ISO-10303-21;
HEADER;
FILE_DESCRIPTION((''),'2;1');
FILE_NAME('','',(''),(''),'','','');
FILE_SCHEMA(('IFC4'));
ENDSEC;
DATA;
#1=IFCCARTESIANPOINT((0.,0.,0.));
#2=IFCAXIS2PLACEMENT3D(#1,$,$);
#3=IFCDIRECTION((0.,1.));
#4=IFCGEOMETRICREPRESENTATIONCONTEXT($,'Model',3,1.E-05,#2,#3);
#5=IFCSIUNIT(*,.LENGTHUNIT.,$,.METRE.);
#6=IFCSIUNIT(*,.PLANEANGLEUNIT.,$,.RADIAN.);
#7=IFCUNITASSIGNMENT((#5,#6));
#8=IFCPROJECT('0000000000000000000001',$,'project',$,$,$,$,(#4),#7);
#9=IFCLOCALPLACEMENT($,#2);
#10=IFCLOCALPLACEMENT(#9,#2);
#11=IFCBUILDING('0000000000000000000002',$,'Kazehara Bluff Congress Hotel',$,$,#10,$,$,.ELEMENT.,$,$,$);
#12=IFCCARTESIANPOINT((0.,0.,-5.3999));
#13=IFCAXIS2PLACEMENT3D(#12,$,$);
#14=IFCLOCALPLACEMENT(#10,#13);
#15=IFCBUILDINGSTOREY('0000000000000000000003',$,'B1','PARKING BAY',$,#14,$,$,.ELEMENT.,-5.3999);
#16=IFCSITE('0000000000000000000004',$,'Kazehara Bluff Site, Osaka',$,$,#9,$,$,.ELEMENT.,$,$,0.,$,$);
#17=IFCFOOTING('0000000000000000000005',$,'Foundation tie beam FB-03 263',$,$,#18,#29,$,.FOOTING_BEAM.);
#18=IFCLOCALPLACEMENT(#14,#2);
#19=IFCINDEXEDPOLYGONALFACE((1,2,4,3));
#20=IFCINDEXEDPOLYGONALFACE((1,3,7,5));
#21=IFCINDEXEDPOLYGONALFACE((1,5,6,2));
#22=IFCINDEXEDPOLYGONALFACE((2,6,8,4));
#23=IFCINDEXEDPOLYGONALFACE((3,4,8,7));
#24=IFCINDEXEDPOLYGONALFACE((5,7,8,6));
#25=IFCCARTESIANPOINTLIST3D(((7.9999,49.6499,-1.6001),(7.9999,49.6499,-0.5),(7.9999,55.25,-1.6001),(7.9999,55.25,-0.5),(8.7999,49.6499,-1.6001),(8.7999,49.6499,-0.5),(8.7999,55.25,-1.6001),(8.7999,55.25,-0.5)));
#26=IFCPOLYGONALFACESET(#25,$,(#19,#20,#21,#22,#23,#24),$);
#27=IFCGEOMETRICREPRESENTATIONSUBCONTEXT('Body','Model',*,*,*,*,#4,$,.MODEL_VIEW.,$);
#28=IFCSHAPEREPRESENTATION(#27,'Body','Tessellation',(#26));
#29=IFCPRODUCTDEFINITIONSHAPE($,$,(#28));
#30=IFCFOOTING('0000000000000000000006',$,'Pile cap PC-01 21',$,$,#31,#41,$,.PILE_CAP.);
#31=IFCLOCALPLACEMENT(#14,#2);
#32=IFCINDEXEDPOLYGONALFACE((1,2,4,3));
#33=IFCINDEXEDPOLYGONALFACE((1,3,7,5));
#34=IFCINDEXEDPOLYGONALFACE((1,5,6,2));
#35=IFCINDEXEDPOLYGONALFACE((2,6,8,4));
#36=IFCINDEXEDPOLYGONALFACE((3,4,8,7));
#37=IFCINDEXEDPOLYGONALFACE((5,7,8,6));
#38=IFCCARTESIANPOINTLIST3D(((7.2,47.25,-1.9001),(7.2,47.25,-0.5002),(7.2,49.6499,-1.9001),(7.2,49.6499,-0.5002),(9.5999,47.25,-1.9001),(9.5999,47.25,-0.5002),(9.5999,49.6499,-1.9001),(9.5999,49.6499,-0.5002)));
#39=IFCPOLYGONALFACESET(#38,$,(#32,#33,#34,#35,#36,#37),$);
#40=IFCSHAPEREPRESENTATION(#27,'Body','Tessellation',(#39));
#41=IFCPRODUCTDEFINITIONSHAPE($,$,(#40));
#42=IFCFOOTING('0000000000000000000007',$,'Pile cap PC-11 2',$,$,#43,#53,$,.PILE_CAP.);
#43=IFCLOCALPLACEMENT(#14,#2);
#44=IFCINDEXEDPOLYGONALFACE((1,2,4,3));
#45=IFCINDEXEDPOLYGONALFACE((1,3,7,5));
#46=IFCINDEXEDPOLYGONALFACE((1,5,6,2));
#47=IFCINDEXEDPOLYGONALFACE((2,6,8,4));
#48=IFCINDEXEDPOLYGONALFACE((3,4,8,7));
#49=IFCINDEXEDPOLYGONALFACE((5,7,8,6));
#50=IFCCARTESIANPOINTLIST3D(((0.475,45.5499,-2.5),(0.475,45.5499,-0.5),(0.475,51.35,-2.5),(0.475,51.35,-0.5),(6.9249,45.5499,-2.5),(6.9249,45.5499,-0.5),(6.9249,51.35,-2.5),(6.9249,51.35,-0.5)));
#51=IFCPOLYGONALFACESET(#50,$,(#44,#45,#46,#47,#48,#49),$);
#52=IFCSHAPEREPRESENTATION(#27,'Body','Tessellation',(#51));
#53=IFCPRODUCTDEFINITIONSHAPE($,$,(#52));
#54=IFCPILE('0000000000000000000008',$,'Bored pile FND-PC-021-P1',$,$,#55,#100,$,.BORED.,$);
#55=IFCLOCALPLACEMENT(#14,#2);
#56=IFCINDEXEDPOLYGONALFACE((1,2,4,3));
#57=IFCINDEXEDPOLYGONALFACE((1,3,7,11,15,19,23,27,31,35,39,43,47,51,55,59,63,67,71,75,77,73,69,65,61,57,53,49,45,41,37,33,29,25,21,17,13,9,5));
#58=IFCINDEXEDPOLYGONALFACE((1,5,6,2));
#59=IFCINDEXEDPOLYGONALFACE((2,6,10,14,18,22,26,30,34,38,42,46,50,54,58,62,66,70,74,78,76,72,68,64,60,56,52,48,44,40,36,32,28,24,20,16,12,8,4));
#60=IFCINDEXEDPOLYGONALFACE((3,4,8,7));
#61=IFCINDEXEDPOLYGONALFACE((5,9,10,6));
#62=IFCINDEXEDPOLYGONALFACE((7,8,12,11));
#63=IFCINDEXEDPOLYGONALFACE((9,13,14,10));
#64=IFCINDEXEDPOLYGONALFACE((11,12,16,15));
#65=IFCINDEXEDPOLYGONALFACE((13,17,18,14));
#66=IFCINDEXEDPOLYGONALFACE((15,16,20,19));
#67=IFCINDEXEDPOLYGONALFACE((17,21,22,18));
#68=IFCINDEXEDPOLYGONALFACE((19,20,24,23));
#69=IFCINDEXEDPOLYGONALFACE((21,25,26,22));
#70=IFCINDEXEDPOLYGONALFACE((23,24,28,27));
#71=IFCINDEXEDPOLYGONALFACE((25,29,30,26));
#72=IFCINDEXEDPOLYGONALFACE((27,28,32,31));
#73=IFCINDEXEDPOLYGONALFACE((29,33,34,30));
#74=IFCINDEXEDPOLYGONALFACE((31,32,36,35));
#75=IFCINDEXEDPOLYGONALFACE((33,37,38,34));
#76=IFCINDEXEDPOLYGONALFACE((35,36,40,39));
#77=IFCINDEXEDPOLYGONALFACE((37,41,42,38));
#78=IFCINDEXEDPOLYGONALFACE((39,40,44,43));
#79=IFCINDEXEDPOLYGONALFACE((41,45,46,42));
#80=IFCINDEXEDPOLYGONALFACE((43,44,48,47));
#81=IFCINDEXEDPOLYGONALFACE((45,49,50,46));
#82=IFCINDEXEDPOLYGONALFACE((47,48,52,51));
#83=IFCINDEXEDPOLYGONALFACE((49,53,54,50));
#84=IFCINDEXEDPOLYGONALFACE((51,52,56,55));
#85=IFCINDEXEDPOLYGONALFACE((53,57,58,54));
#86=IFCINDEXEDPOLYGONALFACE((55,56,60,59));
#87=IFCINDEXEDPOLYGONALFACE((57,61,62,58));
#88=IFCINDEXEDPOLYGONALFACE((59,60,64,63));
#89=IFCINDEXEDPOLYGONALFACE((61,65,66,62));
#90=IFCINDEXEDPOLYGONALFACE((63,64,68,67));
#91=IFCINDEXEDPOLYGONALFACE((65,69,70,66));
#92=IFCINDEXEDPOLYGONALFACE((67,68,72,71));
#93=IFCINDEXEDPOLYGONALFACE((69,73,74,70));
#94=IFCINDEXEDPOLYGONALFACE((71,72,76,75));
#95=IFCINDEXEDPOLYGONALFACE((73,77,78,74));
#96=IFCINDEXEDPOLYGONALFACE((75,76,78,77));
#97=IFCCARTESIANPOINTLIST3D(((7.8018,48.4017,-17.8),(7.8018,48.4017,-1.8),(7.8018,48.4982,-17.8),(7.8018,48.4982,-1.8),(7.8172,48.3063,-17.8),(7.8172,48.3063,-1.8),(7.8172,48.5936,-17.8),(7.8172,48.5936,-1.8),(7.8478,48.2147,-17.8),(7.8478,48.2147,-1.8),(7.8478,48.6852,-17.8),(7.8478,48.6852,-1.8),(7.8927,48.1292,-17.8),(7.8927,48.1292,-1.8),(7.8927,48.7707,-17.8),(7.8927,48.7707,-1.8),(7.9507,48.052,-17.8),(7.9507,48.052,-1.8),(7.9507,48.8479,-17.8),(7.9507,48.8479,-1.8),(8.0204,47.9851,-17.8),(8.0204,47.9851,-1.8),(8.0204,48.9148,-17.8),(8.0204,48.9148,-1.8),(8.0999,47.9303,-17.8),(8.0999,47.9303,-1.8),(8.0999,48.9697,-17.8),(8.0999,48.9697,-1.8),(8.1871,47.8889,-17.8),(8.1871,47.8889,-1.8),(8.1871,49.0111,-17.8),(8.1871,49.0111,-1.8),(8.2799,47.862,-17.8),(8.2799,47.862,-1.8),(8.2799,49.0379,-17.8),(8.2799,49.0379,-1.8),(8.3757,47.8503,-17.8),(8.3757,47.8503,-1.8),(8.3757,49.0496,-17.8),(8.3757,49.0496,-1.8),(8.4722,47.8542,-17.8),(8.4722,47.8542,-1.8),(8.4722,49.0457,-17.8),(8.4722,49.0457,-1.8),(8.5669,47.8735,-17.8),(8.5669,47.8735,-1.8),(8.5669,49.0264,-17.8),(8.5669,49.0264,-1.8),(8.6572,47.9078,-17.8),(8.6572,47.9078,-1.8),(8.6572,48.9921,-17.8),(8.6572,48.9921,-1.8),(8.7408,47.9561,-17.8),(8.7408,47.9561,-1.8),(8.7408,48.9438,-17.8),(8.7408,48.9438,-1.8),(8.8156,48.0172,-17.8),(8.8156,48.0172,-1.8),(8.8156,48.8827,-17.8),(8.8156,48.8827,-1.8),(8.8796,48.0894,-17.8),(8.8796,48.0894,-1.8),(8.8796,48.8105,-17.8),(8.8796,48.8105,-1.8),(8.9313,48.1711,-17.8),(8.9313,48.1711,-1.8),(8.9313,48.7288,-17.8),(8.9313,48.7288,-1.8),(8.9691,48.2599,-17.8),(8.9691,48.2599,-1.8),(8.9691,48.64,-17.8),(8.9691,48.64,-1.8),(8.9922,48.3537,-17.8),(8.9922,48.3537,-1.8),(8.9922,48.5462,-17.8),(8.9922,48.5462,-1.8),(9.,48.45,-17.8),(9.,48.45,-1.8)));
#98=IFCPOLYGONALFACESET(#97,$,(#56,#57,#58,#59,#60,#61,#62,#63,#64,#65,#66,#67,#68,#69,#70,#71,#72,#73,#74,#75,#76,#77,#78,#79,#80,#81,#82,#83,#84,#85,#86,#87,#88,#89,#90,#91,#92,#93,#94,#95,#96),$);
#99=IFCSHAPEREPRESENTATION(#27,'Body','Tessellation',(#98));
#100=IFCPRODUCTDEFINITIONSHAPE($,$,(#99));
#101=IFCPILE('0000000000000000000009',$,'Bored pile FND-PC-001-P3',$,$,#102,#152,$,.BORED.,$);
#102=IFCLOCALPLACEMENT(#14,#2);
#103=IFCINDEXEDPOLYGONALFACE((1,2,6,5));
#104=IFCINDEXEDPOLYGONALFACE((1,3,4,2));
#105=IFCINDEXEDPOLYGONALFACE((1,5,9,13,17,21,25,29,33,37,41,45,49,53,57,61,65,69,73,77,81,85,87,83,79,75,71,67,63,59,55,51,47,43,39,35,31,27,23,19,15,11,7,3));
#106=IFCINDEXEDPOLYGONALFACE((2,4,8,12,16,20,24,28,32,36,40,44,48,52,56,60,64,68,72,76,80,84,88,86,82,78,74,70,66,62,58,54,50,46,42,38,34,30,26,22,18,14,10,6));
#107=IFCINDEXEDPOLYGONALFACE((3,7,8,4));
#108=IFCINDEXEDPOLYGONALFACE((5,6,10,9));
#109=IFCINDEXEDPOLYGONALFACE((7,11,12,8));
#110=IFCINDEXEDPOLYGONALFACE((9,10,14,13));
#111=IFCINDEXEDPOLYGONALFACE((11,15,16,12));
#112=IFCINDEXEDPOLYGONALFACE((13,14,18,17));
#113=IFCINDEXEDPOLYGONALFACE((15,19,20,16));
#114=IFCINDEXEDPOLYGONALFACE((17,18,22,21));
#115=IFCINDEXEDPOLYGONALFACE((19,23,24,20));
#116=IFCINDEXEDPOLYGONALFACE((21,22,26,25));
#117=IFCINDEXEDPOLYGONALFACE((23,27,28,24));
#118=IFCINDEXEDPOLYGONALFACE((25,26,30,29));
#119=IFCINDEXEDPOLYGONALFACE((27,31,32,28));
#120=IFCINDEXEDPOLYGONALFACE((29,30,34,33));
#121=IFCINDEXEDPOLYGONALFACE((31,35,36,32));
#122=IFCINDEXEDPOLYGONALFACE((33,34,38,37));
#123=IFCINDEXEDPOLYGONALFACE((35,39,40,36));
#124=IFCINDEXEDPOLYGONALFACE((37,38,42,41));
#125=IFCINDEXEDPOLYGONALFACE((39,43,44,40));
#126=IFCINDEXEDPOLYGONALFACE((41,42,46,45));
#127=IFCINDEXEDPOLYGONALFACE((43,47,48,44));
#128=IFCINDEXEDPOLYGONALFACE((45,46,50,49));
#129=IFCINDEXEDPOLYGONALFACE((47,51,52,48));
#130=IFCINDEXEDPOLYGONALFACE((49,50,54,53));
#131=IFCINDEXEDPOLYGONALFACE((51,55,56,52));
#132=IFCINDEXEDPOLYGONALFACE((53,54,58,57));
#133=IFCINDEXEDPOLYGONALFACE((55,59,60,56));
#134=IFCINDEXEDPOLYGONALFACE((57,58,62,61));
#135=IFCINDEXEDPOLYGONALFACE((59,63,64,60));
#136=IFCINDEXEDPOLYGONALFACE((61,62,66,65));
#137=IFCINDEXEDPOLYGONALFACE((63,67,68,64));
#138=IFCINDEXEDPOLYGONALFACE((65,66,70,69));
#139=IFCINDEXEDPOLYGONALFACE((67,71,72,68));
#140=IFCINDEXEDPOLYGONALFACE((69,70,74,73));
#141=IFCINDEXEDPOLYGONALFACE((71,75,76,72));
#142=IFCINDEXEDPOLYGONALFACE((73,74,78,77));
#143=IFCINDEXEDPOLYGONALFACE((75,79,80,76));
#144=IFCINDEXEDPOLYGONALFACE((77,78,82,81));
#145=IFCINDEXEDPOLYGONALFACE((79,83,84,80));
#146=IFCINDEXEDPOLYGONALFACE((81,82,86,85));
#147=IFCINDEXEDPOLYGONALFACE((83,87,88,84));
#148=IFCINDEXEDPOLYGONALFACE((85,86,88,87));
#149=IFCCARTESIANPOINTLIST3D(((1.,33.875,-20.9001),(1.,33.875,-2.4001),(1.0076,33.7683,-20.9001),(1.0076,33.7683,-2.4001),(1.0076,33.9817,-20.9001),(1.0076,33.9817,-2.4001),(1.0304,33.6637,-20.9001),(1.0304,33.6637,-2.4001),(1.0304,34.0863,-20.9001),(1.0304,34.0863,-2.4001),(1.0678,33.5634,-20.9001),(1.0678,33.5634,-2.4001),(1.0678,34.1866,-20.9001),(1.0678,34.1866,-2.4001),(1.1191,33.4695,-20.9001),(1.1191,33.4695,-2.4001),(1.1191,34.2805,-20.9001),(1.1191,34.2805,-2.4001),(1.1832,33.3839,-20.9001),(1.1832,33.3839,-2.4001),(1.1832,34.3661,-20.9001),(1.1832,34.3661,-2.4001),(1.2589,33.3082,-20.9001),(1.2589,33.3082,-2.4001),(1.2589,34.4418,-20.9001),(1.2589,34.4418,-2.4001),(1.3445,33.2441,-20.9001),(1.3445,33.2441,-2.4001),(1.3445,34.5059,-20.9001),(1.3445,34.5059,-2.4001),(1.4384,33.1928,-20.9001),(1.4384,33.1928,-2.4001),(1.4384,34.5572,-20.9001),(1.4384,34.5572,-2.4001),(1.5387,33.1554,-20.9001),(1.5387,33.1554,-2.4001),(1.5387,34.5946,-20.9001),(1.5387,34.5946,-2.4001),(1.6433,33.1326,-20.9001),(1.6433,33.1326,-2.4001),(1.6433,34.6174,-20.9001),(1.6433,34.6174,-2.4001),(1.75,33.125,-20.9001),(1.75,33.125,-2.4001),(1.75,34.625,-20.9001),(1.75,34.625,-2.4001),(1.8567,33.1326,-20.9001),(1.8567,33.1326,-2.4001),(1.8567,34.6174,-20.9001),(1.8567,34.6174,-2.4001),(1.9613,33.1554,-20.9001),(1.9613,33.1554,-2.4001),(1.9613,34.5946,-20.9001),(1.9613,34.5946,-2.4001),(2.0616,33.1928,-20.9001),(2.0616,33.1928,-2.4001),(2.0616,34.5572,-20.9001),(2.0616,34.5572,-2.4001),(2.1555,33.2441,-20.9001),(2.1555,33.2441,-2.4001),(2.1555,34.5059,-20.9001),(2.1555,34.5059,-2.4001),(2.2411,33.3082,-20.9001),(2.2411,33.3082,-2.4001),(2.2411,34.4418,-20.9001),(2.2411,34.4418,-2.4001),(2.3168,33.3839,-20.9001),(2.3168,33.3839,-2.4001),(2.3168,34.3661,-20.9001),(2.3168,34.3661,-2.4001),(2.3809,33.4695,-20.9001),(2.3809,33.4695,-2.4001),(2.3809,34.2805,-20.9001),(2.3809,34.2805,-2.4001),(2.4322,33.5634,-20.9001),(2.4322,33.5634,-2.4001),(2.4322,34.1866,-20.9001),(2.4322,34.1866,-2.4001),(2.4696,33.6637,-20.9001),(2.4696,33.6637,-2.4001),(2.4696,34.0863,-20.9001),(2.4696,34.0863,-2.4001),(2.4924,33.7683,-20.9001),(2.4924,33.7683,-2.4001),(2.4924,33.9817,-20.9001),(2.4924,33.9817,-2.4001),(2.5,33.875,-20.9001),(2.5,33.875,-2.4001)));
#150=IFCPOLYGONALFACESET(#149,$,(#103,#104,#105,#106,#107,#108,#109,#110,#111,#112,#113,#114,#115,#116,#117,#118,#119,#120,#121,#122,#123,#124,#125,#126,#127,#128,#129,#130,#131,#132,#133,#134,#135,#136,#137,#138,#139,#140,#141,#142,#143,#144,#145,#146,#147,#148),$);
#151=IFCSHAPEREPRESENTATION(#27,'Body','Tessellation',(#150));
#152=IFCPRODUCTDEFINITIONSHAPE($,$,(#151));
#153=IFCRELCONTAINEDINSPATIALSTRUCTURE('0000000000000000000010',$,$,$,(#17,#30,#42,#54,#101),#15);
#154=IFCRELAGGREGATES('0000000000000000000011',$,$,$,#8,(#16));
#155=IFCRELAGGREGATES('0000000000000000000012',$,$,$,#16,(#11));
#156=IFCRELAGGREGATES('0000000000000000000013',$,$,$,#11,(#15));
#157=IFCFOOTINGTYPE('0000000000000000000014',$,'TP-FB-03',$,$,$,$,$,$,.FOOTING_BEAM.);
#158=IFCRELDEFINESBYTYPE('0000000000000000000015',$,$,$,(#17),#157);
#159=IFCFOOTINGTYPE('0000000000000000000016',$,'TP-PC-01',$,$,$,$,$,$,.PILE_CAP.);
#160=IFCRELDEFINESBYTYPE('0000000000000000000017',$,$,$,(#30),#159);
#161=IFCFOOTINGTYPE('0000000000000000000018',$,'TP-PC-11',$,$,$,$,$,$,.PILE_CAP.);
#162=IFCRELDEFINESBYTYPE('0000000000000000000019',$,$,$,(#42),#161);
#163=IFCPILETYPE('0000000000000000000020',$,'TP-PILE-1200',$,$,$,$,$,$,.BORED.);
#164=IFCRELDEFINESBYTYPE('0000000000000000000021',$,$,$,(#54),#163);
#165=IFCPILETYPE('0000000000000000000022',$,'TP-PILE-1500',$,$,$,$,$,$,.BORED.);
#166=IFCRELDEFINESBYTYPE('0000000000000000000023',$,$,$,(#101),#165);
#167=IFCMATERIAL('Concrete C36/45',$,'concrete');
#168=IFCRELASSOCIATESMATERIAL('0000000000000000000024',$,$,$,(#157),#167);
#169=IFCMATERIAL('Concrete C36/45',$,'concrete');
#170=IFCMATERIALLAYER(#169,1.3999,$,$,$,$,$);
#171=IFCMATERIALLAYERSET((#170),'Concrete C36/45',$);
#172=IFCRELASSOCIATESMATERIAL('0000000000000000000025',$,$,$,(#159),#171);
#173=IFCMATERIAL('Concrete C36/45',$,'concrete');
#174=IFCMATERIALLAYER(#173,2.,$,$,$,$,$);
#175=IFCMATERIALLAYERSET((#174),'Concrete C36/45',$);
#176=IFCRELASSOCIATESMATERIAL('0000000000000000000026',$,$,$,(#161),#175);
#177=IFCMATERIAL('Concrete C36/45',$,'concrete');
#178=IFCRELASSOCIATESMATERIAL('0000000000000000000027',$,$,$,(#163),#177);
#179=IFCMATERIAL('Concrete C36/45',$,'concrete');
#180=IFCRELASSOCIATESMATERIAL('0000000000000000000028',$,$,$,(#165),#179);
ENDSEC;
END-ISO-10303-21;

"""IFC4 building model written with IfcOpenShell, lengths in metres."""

from ifc_helpers import new_model, si_unit, direction, frame, origin, origin_2d, place, context, subcontext, project, spatial, rectangle, circle, extrude, material, layer, layer_set, material_profile, profile_set, type_object, element, save


model = new_model("IFC4")

# Units and contexts
model_context = context("Model", 3, precision=1e-05, world=origin(), true_north=direction((0.0, 1.0)))
body_context = subcontext(model_context, "Body", "Model", "MODEL_VIEW")
ifc_project = project(units=[si_unit("LENGTHUNIT", "METRE"), si_unit("PLANEANGLEUNIT", "RADIAN")], contexts=[model_context])

# Site, building, storey
site_placement = place(None, origin())
site = spatial("IfcSite", under=ifc_project, at=site_placement, Name="Kazehara Bluff Site, Osaka", CompositionType="ELEMENT", RefElevation=0.0)
building_placement = place(site_placement, origin())
building = spatial("IfcBuilding", under=site, at=building_placement, Name="Kazehara Bluff Congress Hotel", CompositionType="ELEMENT")
storey_placement = place(building_placement, frame((0.0, 0.0, -5.3999)))
storey = spatial("IfcBuildingStorey", under=building, at=storey_placement, Name="B1", Description="PARKING BAY", CompositionType="ELEMENT", Elevation=-5.3999)

# Footings
ifc_material_1 = material(Name="Concrete C36/45", Category="concrete")
ifc_material_profile_1 = material_profile(ifc_material_1, rectangle(XDim=0.8, YDim=1.1001, at=origin_2d()))
ifc_profile_set_1 = profile_set([ifc_material_profile_1], Name="Concrete C36/45")
footing_type_1 = type_object("IfcFootingType", Name="TP-FB-03", PredefinedType="FOOTING_BEAM", material=ifc_profile_set_1)
footing_1_placement = place(storey_placement, frame((8.3999, 49.6499, -1.05), z_axis=(0.0, 1.0, 0.0), x_axis=(-1.0, 0.0, 0.0)))
element("IfcFooting", 1, at=footing_1_placement, inside=storey, type_object=footing_type_1, Name="Foundation tie beam FB-03 263", PredefinedType="FOOTING_BEAM", context=body_context, shape_type="SweptSolid", body=[
    extrude(rectangle(XDim=0.8, YDim=1.1001, at=origin_2d()), origin(), (0.0, 0.0, 1.0), 5.6001),
])
ifc_material_2 = material(Name="Concrete C36/45", Category="concrete")
ifc_layer_1 = layer(ifc_material_2, 1.3999)
ifc_layer_set_1 = layer_set([ifc_layer_1], Name="Concrete C36/45")
footing_type_2 = type_object("IfcFootingType", Name="TP-PC-01", PredefinedType="PILE_CAP", material=ifc_layer_set_1)
footing_2_placement = place(storey_placement, frame((8.3999, 48.45, -1.9001), z_axis=(0.0, 0.0, 1.0), x_axis=(1.0, 0.0, 0.0)))
element("IfcFooting", 2, at=footing_2_placement, inside=storey, type_object=footing_type_2, Name="Pile cap PC-01 21", PredefinedType="PILE_CAP", context=body_context, shape_type="SweptSolid", body=[
    extrude(rectangle(XDim=2.3999, YDim=2.3999, at=origin_2d()), origin(), (0.0, 0.0, 1.0), 1.3999),
])
ifc_material_3 = material(Name="Concrete C36/45", Category="concrete")
ifc_layer_2 = layer(ifc_material_3, 2.0)
ifc_layer_set_2 = layer_set([ifc_layer_2], Name="Concrete C36/45")
footing_type_3 = type_object("IfcFootingType", Name="TP-PC-11", PredefinedType="PILE_CAP", material=ifc_layer_set_2)
footing_3_placement = place(storey_placement, frame((3.7, 48.45, -2.5), z_axis=(0.0, 0.0, 1.0), x_axis=(1.0, 0.0, 0.0)))
element("IfcFooting", 3, at=footing_3_placement, inside=storey, type_object=footing_type_3, Name="Pile cap PC-11 2", PredefinedType="PILE_CAP", context=body_context, shape_type="SweptSolid", body=[
    extrude(rectangle(XDim=6.45, YDim=5.8, at=origin_2d()), origin(), (0.0, 0.0, 1.0), 2.0),
])

# Piles
ifc_material_4 = material(Name="Concrete C36/45", Category="concrete")
ifc_material_profile_2 = material_profile(ifc_material_4, circle(Radius=0.6001, at=origin_2d()))
ifc_profile_set_2 = profile_set([ifc_material_profile_2], Name="Concrete C36/45")
pile_type_1 = type_object("IfcPileType", Name="TP-PILE-1200", PredefinedType="BORED", material=ifc_profile_set_2)
pile_placement = place(storey_placement, frame((8.3999, 48.45, -1.8), z_axis=(0.0, 0.0, -1.0), x_axis=(1.0, 0.0, 0.0)))
element("IfcPile", 4, at=pile_placement, inside=storey, type_object=pile_type_1, Name="Bored pile FND-PC-021-P1", PredefinedType="BORED", context=body_context, shape_type="SweptSolid", body=[
    extrude(circle(Radius=0.6001, at=origin_2d()), origin(), (0.0, 0.0, 1.0), 16.0),
])
ifc_material_5 = material(Name="Concrete C36/45", Category="concrete")
ifc_material_profile_3 = material_profile(ifc_material_5, circle(Radius=0.75, at=origin_2d()))
ifc_profile_set_3 = profile_set([ifc_material_profile_3], Name="Concrete C36/45")
pile_type_2 = type_object("IfcPileType", Name="TP-PILE-1500", PredefinedType="BORED", material=ifc_profile_set_3)
for number, where, z_axis, x_axis, name in (
    (5, (1.75, 33.875, -2.4001), (0.0, 0.0, -1.0), (1.0, 0.0, 0.0), "Bored pile FND-PC-001-P3"),
):
    element("IfcPile", number, at=place(storey_placement, frame(where, z_axis=z_axis, x_axis=x_axis)), inside=storey, type_object=pile_type_2, Name=name, PredefinedType="BORED", context=body_context, shape_type="SweptSolid", body=[
        extrude(circle(Radius=0.75, at=origin_2d()), origin(), (0.0, 0.0, 1.0), 18.5),
    ])

save(model, "model.ifc")
